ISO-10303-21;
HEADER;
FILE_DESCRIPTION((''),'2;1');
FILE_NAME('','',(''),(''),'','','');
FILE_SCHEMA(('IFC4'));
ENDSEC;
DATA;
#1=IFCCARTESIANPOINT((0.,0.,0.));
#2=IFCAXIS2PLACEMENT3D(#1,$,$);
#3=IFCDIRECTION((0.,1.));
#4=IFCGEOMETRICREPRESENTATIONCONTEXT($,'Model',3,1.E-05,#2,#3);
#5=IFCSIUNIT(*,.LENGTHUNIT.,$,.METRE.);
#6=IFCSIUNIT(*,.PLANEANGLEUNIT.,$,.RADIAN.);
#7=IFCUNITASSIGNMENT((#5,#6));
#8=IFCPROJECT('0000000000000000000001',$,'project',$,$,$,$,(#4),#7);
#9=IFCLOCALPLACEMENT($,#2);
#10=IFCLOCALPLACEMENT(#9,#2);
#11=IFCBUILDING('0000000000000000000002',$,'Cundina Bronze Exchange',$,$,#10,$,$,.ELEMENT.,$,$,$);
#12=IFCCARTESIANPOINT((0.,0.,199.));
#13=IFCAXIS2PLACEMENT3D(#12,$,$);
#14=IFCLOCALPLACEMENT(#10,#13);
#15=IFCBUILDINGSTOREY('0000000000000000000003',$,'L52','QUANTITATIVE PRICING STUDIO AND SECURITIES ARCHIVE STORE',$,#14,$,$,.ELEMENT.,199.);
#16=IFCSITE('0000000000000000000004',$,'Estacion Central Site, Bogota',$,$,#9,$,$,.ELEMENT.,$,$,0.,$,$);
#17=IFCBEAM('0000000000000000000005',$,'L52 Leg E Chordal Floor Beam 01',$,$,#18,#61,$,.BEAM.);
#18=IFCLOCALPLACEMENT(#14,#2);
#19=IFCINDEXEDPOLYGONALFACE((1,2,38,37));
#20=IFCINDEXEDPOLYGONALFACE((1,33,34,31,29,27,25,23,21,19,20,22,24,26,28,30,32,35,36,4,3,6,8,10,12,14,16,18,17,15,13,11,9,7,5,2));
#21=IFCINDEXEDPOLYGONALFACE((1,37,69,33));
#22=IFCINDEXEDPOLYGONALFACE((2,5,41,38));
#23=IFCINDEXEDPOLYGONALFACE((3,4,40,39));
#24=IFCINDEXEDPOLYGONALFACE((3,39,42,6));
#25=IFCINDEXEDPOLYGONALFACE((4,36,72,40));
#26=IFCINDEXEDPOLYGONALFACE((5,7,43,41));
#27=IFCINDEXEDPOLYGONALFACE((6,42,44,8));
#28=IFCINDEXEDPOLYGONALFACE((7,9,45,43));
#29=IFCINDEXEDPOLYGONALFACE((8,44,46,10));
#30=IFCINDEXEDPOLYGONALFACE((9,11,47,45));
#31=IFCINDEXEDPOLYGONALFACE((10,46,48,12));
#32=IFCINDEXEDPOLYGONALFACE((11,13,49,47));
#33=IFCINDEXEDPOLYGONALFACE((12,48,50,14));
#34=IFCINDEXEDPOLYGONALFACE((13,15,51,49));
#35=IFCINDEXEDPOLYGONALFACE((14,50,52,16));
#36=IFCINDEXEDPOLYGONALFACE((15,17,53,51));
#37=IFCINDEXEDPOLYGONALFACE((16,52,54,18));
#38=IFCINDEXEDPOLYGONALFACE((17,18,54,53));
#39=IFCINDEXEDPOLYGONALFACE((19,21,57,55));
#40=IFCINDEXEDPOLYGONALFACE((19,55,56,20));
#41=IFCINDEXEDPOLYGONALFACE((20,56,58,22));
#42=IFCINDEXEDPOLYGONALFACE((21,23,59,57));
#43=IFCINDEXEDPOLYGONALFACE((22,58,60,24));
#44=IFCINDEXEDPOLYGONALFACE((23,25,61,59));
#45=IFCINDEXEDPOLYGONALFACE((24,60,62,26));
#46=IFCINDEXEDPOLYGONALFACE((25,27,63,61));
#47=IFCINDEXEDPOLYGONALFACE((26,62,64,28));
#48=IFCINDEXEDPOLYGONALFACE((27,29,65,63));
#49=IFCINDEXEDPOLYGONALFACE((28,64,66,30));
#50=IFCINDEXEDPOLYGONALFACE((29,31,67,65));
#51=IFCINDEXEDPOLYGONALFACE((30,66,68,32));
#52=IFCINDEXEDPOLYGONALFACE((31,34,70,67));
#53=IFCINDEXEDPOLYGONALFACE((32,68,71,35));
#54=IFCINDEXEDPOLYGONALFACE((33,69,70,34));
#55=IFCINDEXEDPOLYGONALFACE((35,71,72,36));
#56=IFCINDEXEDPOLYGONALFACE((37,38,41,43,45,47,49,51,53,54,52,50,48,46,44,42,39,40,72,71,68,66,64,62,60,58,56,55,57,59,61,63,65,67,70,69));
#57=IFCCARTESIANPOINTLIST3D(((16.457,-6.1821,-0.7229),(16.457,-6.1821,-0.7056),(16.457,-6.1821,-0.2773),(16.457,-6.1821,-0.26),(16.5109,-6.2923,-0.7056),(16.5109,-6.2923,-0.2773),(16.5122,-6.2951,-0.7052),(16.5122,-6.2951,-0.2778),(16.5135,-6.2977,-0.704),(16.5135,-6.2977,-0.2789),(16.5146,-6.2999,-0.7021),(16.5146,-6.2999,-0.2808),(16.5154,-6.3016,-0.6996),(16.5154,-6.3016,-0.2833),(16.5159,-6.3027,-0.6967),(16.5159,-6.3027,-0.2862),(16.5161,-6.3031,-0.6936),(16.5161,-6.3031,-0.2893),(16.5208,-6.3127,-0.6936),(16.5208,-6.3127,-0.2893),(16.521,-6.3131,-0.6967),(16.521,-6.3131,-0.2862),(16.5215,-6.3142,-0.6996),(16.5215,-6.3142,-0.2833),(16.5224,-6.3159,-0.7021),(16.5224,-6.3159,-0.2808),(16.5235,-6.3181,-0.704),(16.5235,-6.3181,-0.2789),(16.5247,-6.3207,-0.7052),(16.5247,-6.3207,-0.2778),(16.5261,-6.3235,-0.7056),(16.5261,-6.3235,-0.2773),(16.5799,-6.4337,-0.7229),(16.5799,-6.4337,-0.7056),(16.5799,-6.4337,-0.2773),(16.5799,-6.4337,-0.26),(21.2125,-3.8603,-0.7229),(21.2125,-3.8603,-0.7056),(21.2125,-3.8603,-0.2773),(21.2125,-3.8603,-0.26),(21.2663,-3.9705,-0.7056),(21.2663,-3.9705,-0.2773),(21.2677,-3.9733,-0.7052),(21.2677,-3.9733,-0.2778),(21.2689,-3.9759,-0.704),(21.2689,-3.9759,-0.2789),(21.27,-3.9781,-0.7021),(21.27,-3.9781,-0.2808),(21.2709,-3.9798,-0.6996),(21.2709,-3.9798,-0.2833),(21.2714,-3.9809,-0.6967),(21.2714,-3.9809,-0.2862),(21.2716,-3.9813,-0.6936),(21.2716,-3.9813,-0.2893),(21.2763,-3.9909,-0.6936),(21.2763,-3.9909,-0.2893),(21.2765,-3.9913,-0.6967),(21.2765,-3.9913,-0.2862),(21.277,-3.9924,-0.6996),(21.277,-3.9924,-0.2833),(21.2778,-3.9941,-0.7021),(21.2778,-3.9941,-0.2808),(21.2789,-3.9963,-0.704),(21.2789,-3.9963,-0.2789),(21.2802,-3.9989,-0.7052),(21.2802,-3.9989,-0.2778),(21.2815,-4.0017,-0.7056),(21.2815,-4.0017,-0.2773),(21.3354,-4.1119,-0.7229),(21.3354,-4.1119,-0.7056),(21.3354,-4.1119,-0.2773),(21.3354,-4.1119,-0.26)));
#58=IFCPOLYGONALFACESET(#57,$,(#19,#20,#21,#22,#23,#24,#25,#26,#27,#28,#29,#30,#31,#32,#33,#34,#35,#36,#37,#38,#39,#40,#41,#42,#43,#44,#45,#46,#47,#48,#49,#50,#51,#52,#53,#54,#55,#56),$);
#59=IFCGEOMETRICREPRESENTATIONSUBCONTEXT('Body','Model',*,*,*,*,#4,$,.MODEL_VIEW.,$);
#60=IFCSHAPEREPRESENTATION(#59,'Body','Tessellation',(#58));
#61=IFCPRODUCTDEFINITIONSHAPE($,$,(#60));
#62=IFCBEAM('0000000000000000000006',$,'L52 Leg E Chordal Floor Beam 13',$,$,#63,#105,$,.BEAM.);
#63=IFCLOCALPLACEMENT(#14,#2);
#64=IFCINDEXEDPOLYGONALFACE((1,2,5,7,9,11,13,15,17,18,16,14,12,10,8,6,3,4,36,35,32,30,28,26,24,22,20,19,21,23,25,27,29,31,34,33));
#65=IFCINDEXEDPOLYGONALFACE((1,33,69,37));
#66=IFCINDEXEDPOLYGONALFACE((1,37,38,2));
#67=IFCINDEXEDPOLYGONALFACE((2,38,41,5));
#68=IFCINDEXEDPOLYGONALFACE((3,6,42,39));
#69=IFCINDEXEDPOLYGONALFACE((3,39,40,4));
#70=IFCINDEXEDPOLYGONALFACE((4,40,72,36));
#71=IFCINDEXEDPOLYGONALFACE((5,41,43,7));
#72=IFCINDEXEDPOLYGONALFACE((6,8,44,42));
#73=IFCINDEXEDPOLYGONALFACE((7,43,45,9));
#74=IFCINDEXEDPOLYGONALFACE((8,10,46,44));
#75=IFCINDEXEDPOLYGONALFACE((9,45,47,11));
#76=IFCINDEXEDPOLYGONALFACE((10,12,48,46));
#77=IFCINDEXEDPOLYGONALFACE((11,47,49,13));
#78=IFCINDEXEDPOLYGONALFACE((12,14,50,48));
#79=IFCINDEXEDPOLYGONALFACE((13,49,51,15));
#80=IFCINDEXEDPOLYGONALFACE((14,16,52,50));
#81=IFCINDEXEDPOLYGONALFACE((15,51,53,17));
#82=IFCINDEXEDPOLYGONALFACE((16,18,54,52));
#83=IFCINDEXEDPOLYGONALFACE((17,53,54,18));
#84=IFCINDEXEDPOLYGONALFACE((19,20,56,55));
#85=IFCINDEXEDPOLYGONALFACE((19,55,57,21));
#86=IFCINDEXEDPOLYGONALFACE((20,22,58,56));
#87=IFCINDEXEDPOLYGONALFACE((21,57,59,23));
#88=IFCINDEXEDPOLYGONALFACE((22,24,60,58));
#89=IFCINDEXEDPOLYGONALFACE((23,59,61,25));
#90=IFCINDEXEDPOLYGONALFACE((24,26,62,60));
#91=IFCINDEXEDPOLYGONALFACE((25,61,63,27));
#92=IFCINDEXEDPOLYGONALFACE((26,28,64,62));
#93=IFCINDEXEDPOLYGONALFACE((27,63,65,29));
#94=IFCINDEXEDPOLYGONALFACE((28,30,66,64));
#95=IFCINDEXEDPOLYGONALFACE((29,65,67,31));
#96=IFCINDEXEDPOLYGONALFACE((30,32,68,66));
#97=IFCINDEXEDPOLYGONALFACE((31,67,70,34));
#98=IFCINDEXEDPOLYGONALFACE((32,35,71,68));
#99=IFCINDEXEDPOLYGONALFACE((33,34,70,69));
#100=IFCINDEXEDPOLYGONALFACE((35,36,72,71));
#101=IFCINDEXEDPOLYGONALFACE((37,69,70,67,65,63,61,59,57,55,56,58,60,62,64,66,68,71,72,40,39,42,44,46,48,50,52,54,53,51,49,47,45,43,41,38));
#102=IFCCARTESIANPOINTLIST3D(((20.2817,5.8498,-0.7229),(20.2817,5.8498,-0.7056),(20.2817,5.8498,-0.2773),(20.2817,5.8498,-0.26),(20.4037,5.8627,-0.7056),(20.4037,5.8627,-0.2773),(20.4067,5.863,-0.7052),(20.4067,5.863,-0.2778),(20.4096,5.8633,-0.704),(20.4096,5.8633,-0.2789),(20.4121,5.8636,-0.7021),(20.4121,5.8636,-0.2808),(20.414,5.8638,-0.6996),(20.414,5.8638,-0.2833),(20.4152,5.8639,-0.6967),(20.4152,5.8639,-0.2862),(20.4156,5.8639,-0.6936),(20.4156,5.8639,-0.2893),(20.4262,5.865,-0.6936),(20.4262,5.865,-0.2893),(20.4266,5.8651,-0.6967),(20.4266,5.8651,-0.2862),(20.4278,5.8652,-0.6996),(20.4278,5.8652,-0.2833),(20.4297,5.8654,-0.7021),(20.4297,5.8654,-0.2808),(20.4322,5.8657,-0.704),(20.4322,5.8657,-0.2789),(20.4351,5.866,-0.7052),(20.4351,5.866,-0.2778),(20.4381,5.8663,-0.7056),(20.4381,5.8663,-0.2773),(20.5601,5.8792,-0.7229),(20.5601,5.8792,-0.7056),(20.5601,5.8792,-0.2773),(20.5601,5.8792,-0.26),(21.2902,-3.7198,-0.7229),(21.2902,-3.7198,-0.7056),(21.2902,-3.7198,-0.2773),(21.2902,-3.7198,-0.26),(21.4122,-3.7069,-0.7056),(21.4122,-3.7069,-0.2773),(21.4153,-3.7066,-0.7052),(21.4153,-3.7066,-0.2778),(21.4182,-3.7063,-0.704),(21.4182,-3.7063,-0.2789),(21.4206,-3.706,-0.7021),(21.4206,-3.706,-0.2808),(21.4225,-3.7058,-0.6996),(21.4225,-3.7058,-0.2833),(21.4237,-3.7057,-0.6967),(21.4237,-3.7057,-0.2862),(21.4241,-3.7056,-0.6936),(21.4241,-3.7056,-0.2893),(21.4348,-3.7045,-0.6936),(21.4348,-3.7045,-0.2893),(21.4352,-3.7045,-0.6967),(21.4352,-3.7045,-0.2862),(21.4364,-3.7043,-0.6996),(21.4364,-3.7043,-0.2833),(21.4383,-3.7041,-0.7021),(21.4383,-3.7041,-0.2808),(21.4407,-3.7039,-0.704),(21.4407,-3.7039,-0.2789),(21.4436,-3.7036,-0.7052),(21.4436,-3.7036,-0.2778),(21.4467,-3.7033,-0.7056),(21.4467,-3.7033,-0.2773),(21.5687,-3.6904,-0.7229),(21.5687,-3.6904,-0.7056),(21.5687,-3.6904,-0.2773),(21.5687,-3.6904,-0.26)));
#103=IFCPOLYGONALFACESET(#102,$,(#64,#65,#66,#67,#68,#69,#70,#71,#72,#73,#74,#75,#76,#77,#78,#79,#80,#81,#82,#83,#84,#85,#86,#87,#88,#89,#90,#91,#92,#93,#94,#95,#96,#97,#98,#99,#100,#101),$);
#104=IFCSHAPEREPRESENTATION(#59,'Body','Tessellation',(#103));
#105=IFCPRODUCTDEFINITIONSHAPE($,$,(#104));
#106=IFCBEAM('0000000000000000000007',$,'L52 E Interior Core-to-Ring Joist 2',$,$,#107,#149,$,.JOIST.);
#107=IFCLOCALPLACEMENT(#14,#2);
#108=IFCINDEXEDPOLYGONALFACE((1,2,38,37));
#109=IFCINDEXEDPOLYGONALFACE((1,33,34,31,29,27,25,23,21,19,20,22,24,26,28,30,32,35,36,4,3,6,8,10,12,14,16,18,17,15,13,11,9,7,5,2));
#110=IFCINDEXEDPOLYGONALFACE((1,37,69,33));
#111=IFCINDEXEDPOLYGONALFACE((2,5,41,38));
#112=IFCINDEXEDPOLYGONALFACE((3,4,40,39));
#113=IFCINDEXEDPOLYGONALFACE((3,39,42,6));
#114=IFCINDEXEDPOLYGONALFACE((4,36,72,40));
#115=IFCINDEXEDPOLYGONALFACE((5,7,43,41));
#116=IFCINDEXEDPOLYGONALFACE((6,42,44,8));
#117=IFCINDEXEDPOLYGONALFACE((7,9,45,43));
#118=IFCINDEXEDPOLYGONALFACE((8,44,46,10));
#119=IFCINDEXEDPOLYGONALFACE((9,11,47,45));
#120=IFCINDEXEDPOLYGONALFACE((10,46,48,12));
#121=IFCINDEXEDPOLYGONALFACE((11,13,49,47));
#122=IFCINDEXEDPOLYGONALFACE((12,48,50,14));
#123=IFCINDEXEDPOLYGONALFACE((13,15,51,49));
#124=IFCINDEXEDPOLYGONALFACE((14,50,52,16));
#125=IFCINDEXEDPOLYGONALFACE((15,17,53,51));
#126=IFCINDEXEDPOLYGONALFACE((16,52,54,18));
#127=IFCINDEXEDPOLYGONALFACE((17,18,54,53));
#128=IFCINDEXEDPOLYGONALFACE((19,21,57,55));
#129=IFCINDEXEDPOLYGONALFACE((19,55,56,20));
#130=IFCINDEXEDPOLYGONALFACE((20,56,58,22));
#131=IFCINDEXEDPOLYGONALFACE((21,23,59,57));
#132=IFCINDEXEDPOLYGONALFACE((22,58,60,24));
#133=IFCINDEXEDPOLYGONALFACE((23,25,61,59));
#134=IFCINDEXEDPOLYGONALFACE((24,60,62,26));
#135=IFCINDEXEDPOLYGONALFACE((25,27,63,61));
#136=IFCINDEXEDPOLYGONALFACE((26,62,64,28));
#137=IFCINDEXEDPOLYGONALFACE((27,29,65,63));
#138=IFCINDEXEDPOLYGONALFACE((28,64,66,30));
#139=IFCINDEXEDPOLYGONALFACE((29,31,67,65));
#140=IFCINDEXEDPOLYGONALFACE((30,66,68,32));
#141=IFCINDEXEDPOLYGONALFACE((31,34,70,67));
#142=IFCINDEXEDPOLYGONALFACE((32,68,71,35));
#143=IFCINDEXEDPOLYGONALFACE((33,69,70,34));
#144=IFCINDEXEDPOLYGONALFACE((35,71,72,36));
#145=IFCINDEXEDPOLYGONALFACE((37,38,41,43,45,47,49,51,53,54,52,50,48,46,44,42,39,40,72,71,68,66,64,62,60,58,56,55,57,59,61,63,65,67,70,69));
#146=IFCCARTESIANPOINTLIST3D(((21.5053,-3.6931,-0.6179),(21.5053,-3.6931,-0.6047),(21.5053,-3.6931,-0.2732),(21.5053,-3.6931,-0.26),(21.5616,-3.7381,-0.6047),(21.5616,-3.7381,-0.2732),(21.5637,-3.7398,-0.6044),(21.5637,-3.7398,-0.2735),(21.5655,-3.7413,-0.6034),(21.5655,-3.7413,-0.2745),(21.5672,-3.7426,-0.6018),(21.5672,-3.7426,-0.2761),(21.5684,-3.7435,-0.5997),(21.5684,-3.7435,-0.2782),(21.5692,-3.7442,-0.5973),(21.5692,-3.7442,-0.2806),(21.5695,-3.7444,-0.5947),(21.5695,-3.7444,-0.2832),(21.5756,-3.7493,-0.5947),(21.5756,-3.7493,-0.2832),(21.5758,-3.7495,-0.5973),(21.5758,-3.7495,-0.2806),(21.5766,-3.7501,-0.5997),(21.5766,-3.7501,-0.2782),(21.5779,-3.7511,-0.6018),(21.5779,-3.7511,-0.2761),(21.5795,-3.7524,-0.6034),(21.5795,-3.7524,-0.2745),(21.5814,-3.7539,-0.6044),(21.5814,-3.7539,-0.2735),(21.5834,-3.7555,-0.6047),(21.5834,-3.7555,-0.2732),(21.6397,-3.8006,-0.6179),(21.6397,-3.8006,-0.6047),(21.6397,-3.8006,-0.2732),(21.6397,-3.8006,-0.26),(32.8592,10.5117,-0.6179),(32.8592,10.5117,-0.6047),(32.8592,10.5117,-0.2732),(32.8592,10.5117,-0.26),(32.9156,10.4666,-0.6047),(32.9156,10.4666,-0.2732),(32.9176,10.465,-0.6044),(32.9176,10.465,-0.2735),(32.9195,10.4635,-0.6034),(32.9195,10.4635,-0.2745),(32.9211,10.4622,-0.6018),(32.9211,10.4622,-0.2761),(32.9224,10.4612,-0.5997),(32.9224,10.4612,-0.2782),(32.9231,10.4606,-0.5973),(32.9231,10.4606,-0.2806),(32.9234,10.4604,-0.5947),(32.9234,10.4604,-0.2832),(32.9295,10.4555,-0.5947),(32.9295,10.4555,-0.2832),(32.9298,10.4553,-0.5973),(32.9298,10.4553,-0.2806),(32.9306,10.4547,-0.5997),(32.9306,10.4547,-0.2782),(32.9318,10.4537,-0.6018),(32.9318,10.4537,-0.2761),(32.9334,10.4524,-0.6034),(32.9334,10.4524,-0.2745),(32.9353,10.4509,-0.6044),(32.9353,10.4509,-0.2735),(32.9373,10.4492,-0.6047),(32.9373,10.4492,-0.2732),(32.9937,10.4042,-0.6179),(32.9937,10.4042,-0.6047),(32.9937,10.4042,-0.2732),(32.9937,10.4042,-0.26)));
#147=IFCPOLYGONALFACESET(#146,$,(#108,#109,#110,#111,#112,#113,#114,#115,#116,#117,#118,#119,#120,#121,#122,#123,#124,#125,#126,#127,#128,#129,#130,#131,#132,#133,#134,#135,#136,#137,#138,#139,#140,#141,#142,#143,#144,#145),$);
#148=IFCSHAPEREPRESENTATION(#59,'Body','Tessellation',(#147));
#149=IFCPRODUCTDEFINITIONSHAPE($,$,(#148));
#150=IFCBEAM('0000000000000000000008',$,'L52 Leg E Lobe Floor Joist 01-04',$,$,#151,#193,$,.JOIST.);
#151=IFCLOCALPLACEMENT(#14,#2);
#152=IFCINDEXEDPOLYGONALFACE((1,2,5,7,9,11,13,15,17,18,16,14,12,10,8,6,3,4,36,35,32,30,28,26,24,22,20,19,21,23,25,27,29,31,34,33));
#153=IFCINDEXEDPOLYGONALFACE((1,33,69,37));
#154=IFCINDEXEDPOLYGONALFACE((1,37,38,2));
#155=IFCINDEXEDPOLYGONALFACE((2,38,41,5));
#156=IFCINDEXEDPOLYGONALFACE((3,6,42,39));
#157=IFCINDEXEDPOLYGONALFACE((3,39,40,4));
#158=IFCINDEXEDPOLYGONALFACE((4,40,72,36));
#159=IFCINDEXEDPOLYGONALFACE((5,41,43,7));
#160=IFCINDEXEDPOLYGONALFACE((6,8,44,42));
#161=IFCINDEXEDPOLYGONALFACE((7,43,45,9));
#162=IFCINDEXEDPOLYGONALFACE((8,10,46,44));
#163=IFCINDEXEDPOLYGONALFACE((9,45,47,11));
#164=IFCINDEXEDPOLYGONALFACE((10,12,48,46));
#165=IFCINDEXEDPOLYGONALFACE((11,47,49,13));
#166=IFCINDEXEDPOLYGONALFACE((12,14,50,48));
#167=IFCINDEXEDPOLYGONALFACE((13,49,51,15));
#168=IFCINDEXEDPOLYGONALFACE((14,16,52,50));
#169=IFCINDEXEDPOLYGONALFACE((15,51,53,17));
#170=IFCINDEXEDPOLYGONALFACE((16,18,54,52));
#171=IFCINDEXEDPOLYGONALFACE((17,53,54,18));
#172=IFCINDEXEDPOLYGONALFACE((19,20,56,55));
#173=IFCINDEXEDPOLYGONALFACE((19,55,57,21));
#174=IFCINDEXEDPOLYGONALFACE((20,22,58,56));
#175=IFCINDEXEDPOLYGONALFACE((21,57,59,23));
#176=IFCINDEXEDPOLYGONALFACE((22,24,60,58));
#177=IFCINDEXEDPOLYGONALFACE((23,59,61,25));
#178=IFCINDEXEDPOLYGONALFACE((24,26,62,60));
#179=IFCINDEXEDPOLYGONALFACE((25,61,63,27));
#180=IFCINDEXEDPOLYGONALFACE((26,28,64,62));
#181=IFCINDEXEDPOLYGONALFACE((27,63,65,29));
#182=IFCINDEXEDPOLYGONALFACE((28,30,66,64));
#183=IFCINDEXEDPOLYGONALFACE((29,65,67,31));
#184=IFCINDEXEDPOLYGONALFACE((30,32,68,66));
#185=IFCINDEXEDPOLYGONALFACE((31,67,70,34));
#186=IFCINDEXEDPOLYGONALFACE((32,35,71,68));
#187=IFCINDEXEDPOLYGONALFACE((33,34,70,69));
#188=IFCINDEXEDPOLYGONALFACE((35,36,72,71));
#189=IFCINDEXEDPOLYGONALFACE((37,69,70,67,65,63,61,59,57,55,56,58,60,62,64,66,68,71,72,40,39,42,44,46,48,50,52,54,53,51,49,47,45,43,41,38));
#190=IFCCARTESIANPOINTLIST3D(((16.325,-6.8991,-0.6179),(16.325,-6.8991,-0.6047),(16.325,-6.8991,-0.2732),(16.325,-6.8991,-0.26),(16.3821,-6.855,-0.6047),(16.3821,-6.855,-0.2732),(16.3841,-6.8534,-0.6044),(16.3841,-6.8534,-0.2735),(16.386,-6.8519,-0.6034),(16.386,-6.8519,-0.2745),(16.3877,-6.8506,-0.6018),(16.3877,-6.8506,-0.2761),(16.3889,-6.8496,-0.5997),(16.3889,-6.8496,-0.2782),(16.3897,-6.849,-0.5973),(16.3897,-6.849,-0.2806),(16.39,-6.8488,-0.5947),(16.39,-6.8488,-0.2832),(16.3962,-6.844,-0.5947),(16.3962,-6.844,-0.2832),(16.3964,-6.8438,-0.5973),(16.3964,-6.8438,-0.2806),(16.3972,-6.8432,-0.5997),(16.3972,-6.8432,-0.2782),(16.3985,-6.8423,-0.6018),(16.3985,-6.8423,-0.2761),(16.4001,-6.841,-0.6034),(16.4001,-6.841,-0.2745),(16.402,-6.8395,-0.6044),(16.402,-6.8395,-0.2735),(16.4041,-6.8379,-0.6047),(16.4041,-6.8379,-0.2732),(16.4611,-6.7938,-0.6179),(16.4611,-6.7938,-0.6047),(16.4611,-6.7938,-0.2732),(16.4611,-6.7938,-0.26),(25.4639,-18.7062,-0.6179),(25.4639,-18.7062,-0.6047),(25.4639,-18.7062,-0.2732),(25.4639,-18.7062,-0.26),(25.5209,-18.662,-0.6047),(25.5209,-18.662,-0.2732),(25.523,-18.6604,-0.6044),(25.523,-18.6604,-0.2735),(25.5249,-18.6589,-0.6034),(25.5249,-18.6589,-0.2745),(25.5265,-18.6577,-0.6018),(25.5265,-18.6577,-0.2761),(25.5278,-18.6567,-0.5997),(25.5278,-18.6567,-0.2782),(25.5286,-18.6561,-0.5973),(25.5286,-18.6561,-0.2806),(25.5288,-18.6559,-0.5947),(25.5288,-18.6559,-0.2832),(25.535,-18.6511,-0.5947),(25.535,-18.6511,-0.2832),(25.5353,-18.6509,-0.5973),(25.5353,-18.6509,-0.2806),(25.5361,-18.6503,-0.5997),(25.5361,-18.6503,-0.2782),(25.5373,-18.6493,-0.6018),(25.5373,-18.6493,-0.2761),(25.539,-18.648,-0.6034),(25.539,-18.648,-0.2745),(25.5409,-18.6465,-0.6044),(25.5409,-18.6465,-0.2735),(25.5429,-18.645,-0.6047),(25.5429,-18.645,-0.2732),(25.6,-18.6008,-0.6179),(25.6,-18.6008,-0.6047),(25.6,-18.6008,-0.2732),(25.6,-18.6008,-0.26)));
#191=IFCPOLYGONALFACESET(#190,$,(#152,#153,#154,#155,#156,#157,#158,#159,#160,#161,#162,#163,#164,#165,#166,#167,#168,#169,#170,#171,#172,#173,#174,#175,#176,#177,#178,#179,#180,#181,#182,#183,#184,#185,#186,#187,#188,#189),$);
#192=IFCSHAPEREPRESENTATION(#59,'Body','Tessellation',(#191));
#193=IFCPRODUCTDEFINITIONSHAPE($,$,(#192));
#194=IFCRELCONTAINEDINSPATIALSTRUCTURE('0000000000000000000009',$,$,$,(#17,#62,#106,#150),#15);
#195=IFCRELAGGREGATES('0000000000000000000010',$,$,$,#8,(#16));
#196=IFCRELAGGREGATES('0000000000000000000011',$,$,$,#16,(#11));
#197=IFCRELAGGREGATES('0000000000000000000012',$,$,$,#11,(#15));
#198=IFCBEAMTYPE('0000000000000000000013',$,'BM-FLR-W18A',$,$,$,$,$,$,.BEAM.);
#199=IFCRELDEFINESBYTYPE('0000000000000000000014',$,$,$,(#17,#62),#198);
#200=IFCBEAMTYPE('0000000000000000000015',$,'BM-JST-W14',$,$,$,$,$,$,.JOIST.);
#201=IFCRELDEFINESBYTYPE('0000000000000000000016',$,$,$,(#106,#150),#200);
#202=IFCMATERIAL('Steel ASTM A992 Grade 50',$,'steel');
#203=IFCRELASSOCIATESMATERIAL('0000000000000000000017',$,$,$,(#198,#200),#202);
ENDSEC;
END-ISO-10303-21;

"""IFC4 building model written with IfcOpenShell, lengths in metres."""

from ifc_helpers import new_model, si_unit, direction, frame, origin, origin_2d, place, context, subcontext, project, spatial, i_section, extrude, material, material_profile, profile_set, type_object, element, save


model = new_model("IFC4")

# Units and contexts
model_context = context("Model", 3, precision=1e-05, world=origin(), true_north=direction((0.0, 1.0)))
body_context = subcontext(model_context, "Body", "Model", "MODEL_VIEW")
ifc_project = project(units=[si_unit("LENGTHUNIT", "METRE"), si_unit("PLANEANGLEUNIT", "RADIAN")], contexts=[model_context])

# Site, building, storey
site_placement = place(None, origin())
site = spatial("IfcSite", under=ifc_project, at=site_placement, Name="Estacion Central Site, Bogota", CompositionType="ELEMENT", RefElevation=0.0)
building_placement = place(site_placement, origin())
building = spatial("IfcBuilding", under=site, at=building_placement, Name="Cundina Bronze Exchange", CompositionType="ELEMENT")
storey_placement = place(building_placement, frame((0.0, 0.0, 199.0)))
storey = spatial("IfcBuildingStorey", under=building, at=storey_placement, Name="L52", Description="QUANTITATIVE PRICING STUDIO AND SECURITIES ARCHIVE STORE", CompositionType="ELEMENT", Elevation=199.0)

# Shared definitions
ifc_material_1 = material(Name="Steel ASTM A992 Grade 50", Category="steel")

# Beams
ifc_material_profile_1 = material_profile(ifc_material_1, i_section(OverallWidth=0.28, OverallDepth=0.4629, WebThickness=0.0107, FlangeThickness=0.0173, FilletRadius=0.012, at=origin_2d()), Name="W18X76", Category="steel")
ifc_profile_set_1 = profile_set([ifc_material_profile_1], Name="Steel ASTM A992 Grade 50")
beam_type_1 = type_object("IfcBeamType", Name="BM-FLR-W18A", PredefinedType="BEAM", material=ifc_profile_set_1)
beam_1_placement = place(storey_placement, frame((21.2739, -3.9861, -0.4915), z_axis=(-0.898613, -0.438742, 0.0), x_axis=(0.438742, -0.898613, 0.0)))
element("IfcBeam", 1, at=beam_1_placement, inside=storey, type_object=beam_type_1, Name="L52 Leg E Chordal Floor Beam 01", PredefinedType="BEAM", context=body_context, shape_type="SweptSolid", body=[
    extrude(i_section(OverallWidth=0.28, OverallDepth=0.4629, WebThickness=0.0107, FlangeThickness=0.0173, FilletRadius=0.012, at=origin_2d()), origin(), (0.0, 0.0, 1.0), 5.292),
])
beam_2_placement = place(storey_placement, frame((21.4294, -3.7051, -0.4915), z_axis=(-0.10481, 0.994492, 0.0), x_axis=(-0.994492, -0.10481, 0.0)))
element("IfcBeam", 2, at=beam_2_placement, inside=storey, type_object=beam_type_1, Name="L52 Leg E Chordal Floor Beam 13", PredefinedType="BEAM", context=body_context, shape_type="SweptSolid", body=[
    extrude(i_section(OverallWidth=0.28, OverallDepth=0.4629, WebThickness=0.0107, FlangeThickness=0.0173, FilletRadius=0.012, at=origin_2d()), origin(), (0.0, 0.0, 1.0), 9.6226),
])
ifc_material_profile_2 = material_profile(ifc_material_1, i_section(OverallWidth=0.1721, OverallDepth=0.3579, WebThickness=0.0078, FlangeThickness=0.0132, FilletRadius=0.01, at=origin_2d()), Name="W14X38", Category="steel")
ifc_profile_set_2 = profile_set([ifc_material_profile_2], Name="Steel ASTM A992 Grade 50")
beam_type_2 = type_object("IfcBeamType", Name="BM-JST-W14", PredefinedType="JOIST", material=ifc_profile_set_2)
beam_3_placement = place(storey_placement, frame((21.5725, -3.7468, -0.439), z_axis=(0.624364, 0.781133, 0.0), x_axis=(-0.781133, 0.624364, 0.0)))
element("IfcBeam", 3, at=beam_3_placement, inside=storey, type_object=beam_type_2, Name="L52 E Interior Core-to-Ring Joist 2", PredefinedType="JOIST", context=body_context, shape_type="SweptSolid", body=[
    extrude(i_section(OverallWidth=0.1721, OverallDepth=0.3579, WebThickness=0.0078, FlangeThickness=0.0132, FilletRadius=0.01, at=origin_2d()), origin(), (0.0, 0.0, 1.0), 18.1848),
])
beam_4_placement = place(storey_placement, frame((16.3931, -6.8464, -0.439), z_axis=(0.612086, -0.790791, 0.0), x_axis=(0.790791, 0.612086, 0.0)))
element("IfcBeam", 4, at=beam_4_placement, inside=storey, type_object=beam_type_2, Name="L52 Leg E Lobe Floor Joist 01-04", PredefinedType="JOIST", context=body_context, shape_type="SweptSolid", body=[
    extrude(i_section(OverallWidth=0.1721, OverallDepth=0.3579, WebThickness=0.0078, FlangeThickness=0.0132, FilletRadius=0.01, at=origin_2d()), origin(), (0.0, 0.0, 1.0), 14.9307),
])

save(model, "model.ifc")
